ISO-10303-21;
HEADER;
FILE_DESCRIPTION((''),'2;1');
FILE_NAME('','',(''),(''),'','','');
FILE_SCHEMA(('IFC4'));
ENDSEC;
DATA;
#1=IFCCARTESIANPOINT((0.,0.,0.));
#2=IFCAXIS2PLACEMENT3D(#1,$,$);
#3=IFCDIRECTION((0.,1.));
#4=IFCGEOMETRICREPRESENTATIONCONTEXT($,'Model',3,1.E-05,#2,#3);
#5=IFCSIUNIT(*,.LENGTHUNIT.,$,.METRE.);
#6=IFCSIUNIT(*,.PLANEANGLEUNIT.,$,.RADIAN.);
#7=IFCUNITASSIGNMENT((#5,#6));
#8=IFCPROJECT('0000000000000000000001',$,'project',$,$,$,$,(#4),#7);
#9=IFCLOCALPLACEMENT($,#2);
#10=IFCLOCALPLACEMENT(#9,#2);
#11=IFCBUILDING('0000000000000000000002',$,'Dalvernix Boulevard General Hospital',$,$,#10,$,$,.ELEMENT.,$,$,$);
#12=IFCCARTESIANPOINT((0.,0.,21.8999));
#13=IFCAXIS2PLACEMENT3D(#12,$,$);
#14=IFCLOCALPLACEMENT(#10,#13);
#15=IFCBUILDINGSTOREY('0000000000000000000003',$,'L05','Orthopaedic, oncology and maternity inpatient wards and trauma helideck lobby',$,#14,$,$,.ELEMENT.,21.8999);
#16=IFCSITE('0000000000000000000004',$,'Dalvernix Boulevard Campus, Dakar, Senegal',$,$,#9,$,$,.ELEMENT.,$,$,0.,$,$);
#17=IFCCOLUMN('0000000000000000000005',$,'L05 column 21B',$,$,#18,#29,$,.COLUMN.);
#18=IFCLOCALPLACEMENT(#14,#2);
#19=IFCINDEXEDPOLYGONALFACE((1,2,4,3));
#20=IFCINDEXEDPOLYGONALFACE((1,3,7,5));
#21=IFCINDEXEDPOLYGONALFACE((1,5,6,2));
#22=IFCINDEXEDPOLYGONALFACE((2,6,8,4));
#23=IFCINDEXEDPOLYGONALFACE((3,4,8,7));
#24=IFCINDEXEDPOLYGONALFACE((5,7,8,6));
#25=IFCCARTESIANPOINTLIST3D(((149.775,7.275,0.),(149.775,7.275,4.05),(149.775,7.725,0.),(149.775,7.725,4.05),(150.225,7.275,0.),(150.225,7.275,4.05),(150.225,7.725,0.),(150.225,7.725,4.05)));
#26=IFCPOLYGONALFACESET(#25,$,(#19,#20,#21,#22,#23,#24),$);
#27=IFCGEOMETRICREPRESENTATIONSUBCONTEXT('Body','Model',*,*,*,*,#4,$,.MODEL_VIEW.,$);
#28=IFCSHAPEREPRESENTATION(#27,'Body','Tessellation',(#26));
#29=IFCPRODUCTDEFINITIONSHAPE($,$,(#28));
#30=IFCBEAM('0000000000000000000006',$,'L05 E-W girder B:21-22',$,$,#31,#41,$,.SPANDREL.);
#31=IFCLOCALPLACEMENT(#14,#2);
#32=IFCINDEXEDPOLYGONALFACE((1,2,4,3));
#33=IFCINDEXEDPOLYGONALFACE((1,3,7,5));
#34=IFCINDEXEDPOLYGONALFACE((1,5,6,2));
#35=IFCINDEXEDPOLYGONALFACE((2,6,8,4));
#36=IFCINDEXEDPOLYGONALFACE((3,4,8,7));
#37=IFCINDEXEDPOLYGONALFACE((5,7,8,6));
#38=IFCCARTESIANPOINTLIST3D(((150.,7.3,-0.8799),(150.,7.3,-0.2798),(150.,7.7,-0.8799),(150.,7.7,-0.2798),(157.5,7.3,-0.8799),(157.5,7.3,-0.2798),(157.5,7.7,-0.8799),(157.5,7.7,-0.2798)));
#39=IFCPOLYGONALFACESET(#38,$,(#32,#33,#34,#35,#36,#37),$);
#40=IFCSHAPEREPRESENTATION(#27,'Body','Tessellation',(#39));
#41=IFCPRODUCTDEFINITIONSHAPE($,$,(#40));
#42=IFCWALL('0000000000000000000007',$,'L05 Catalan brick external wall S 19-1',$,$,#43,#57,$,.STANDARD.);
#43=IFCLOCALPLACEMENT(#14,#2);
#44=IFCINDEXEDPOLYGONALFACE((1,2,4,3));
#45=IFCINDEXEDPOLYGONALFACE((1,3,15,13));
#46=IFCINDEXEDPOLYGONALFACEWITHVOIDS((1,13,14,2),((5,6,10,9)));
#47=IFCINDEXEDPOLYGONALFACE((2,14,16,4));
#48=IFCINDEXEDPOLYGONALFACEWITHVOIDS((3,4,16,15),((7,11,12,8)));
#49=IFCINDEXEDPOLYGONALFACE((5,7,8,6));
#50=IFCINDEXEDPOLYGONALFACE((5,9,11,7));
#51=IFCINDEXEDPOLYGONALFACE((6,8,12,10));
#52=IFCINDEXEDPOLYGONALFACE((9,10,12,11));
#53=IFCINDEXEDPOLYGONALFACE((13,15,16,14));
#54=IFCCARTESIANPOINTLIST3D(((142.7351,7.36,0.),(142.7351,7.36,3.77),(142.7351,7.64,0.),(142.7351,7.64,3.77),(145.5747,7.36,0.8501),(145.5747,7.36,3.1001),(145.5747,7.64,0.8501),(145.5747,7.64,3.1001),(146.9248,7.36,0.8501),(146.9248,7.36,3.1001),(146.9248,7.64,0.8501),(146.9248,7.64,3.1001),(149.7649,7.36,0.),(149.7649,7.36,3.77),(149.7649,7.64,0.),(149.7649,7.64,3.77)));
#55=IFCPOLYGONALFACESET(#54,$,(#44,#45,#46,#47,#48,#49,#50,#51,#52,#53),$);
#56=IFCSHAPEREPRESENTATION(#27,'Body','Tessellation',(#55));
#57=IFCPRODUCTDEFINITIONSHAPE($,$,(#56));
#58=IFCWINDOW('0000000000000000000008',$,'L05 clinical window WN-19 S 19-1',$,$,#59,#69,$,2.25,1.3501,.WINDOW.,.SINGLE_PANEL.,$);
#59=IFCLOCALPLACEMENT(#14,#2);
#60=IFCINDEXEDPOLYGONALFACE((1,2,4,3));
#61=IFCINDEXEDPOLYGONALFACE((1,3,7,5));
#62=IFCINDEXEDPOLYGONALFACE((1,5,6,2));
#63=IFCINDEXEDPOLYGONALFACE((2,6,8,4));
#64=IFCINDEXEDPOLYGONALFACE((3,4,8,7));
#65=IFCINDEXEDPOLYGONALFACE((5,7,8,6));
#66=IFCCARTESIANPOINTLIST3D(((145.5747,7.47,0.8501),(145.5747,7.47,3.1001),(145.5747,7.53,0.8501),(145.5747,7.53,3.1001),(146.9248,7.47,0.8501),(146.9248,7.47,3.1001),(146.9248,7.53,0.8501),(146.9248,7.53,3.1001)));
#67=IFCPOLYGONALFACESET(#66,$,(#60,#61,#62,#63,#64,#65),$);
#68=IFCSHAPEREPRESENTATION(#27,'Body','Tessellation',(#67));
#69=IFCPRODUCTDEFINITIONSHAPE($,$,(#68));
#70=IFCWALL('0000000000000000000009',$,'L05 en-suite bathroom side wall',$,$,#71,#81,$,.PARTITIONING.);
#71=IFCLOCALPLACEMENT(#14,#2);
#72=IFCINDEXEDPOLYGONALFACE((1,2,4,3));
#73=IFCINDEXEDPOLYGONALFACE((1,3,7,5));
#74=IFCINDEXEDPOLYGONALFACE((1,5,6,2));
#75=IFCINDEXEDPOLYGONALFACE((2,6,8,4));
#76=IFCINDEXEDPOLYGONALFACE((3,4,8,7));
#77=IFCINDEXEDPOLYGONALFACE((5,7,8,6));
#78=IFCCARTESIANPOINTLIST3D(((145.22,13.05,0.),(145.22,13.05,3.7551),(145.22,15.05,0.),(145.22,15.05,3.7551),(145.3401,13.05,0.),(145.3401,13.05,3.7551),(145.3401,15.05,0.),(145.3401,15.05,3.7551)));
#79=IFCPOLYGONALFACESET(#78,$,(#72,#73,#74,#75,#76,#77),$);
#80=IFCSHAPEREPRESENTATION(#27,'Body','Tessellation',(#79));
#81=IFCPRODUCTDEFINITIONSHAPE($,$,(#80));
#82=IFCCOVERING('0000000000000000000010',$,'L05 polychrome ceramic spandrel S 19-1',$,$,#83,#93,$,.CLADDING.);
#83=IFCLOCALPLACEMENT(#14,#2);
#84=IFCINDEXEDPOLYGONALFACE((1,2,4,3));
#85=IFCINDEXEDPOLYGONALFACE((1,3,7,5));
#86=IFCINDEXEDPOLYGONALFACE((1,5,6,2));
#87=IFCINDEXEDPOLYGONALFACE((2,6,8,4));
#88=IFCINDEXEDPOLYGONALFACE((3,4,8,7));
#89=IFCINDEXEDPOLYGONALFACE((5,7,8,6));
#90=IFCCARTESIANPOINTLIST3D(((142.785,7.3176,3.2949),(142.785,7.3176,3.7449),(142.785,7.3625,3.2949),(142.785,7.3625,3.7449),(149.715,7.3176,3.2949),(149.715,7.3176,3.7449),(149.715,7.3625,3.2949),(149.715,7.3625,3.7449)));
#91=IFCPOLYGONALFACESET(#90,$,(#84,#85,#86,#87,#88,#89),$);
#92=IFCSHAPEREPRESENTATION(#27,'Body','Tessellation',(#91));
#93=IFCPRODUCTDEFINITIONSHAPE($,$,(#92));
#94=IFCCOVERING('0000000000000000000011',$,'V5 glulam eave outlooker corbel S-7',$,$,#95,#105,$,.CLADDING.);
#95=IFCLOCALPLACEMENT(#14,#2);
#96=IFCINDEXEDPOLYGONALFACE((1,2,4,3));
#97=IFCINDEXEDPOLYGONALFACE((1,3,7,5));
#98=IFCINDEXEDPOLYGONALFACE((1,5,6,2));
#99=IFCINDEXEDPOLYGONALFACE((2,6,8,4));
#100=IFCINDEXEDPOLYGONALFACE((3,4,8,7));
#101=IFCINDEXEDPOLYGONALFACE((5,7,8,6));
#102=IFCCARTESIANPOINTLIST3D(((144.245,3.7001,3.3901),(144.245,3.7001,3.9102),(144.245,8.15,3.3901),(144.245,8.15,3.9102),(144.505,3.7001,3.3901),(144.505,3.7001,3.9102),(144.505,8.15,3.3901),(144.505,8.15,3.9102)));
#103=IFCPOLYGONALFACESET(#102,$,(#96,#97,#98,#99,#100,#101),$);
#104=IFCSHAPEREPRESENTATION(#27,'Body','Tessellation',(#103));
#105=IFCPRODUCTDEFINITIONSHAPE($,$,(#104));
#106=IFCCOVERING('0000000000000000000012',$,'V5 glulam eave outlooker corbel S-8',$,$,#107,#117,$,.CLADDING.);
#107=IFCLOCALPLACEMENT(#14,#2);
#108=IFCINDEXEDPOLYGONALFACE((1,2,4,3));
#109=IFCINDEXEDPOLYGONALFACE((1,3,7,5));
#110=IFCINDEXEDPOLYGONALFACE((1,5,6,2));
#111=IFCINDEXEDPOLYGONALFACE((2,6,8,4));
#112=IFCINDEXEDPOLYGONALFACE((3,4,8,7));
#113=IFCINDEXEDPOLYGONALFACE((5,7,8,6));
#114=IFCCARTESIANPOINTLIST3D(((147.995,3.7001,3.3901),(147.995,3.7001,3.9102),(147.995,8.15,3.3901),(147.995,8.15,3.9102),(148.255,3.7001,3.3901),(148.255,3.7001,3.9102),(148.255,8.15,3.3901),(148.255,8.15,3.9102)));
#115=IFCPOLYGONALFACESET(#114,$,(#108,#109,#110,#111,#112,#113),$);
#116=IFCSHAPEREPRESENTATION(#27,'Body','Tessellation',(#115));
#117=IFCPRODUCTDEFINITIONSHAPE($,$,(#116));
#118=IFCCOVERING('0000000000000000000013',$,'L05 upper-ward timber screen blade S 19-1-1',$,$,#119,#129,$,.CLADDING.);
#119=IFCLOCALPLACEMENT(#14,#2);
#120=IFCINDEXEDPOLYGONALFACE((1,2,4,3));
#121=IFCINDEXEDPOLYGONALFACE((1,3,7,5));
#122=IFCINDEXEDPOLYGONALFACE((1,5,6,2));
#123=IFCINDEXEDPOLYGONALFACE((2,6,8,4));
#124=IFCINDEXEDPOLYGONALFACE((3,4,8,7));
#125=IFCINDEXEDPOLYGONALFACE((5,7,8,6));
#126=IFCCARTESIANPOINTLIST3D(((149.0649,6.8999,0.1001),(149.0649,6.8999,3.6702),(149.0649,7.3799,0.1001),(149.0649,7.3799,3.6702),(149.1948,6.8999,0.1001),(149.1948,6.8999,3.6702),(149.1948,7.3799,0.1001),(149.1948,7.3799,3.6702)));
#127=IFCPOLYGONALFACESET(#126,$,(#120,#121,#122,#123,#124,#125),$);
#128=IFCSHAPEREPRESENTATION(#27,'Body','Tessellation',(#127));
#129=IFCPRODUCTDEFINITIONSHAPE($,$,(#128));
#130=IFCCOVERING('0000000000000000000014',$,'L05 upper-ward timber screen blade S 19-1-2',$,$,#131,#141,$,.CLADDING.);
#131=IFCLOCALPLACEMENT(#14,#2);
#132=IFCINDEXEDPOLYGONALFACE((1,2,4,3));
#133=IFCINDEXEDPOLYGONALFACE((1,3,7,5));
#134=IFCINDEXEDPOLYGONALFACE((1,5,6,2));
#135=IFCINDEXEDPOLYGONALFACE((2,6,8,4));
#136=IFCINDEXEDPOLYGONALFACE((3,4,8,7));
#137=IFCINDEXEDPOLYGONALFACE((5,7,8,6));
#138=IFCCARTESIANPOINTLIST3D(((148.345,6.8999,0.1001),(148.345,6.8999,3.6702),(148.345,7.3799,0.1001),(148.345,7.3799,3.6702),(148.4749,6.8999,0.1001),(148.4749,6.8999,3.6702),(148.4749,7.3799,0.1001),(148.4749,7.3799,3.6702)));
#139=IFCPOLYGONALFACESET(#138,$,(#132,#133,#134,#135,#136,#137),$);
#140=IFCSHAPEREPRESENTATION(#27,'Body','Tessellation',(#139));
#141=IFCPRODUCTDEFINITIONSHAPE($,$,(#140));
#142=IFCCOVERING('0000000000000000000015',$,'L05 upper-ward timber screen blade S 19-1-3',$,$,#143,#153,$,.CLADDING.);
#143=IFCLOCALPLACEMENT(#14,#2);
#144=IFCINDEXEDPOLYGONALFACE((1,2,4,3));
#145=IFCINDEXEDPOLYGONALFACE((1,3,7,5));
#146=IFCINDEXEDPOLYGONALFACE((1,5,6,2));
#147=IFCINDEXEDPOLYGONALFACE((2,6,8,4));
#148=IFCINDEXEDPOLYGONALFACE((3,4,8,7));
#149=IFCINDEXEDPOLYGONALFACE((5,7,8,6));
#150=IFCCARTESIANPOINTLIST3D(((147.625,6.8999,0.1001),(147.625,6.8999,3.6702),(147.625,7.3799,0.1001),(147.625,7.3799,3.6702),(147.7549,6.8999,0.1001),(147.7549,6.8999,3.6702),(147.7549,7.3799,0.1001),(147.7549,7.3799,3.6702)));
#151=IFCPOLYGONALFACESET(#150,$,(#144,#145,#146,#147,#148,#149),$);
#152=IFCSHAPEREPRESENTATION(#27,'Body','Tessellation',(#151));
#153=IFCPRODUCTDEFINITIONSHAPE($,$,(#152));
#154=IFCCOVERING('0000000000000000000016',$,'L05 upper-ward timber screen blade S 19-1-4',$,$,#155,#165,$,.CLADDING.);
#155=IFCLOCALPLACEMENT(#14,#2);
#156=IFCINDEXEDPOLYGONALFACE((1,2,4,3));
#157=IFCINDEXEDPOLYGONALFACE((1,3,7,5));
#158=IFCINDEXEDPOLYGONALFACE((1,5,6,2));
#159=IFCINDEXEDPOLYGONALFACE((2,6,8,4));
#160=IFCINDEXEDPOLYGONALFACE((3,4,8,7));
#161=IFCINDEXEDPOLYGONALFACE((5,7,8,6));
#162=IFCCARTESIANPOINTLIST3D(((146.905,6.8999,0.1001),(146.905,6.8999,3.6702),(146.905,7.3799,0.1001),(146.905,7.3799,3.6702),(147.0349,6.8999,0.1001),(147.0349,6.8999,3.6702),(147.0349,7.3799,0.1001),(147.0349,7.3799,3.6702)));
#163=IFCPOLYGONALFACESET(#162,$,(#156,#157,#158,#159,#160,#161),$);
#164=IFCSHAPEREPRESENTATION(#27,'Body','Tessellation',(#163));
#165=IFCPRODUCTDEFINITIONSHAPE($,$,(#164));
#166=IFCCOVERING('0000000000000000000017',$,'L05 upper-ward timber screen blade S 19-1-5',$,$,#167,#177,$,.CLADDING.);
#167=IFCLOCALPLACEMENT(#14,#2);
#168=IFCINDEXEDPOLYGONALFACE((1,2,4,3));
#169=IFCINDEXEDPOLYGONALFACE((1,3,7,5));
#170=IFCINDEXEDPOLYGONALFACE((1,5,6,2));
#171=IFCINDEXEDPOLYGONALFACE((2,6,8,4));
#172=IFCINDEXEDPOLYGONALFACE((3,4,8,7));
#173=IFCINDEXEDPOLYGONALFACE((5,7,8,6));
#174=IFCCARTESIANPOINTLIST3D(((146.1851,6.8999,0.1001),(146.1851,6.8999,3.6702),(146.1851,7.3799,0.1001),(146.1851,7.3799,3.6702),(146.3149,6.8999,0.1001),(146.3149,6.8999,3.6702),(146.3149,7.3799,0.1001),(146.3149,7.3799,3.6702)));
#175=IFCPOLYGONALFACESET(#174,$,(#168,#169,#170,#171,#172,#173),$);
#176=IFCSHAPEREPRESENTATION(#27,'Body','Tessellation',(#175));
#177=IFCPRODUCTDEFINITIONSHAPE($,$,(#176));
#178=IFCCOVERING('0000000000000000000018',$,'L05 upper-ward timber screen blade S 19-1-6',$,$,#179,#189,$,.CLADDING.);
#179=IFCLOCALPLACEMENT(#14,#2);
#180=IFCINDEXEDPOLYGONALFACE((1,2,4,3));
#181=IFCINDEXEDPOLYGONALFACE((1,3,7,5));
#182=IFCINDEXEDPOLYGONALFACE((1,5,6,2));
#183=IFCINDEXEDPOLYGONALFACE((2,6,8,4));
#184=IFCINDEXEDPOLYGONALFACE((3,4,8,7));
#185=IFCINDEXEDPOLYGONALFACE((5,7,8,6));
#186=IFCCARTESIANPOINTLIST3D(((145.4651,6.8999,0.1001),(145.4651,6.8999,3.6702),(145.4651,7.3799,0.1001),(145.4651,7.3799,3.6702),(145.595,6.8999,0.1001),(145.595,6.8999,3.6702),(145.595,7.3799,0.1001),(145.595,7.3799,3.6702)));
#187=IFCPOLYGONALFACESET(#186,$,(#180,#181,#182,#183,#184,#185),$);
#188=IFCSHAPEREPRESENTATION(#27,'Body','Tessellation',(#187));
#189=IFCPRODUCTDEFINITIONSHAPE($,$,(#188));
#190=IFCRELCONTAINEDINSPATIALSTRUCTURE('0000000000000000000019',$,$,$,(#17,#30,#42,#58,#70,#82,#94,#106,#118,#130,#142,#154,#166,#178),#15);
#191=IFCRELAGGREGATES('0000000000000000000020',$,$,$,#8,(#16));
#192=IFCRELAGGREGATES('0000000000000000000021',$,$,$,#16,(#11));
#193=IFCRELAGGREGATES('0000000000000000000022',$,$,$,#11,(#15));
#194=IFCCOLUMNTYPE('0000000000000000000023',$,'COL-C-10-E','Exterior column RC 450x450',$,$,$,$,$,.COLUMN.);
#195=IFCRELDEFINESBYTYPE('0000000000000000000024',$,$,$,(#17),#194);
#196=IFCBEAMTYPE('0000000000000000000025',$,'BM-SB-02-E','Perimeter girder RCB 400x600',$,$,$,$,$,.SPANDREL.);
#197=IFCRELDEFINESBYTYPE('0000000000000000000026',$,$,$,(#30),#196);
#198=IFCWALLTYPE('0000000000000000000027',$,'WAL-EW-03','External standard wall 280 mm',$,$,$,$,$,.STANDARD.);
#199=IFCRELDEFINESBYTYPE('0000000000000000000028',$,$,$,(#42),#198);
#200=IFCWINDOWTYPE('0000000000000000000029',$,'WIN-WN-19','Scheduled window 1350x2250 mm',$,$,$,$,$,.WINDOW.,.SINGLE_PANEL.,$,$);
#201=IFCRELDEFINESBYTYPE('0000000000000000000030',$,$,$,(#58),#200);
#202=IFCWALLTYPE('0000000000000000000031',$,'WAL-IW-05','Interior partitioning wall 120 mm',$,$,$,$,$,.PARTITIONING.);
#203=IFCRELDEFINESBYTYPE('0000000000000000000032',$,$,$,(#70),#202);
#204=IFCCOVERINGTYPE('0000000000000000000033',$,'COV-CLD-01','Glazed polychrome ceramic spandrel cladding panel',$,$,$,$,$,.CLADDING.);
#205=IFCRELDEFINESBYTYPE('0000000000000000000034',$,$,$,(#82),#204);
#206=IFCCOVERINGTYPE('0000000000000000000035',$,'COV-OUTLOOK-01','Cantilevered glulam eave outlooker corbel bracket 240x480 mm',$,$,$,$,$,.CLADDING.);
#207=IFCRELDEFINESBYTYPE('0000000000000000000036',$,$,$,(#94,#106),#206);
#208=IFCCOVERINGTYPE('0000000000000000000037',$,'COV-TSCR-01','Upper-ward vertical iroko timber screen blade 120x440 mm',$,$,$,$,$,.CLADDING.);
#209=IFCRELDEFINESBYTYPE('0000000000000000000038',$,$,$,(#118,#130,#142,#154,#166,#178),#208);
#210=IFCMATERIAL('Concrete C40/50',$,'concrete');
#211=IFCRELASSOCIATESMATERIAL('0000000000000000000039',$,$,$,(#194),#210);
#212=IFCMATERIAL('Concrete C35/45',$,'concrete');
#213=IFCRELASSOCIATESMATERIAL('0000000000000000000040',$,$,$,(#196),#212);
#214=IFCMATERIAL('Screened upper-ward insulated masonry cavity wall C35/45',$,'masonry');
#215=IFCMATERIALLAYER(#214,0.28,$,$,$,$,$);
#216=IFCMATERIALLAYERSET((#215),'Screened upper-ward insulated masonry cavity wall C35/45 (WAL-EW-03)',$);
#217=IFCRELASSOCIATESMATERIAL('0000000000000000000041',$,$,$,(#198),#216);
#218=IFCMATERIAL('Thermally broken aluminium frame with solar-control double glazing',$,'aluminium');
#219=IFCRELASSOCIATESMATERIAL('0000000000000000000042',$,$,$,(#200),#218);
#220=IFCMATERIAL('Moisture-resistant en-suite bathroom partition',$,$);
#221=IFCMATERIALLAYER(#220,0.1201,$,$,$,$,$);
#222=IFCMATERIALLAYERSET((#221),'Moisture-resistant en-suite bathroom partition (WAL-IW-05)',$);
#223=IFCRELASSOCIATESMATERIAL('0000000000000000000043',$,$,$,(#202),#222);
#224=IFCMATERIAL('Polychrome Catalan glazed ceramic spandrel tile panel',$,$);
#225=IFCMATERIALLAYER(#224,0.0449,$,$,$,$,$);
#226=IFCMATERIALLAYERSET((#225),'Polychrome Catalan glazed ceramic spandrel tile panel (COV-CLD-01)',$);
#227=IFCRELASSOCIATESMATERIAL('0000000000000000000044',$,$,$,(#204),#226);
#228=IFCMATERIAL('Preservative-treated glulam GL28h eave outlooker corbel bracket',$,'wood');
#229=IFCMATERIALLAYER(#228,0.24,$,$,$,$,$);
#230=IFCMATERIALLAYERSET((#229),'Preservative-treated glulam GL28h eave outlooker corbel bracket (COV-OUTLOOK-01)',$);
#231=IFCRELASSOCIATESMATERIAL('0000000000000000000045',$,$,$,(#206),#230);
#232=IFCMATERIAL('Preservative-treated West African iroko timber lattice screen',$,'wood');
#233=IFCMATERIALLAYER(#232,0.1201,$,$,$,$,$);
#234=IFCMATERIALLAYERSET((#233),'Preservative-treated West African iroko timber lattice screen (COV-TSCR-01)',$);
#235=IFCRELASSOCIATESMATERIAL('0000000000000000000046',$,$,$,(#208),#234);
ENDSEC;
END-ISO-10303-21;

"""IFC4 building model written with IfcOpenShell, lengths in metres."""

from ifc_helpers import new_model, si_unit, direction, frame, frame_2d, origin, origin_2d, place, context, subcontext, project, spatial, rectangle, extrude, material, layer, layer_set, material_profile, profile_set, type_object, element, fill, save


model = new_model("IFC4")

# Units and contexts
model_context = context("Model", 3, precision=1e-05, world=origin(), true_north=direction((0.0, 1.0)))
body_context = subcontext(model_context, "Body", "Model", "MODEL_VIEW")
ifc_project = project(units=[si_unit("LENGTHUNIT", "METRE"), si_unit("PLANEANGLEUNIT", "RADIAN")], contexts=[model_context])

# Site, building, storey
site_placement = place(None, origin())
site = spatial("IfcSite", under=ifc_project, at=site_placement, Name="Dalvernix Boulevard Campus, Dakar, Senegal", CompositionType="ELEMENT", RefElevation=0.0)
building_placement = place(site_placement, origin())
building = spatial("IfcBuilding", under=site, at=building_placement, Name="Dalvernix Boulevard General Hospital", CompositionType="ELEMENT")
storey_placement = place(building_placement, frame((0.0, 0.0, 21.8999)))
storey = spatial("IfcBuildingStorey", under=building, at=storey_placement, Name="L05", Description="Orthopaedic, oncology and maternity inpatient wards and trauma helideck lobby", CompositionType="ELEMENT", Elevation=21.8999)

# Column
ifc_material_1 = material(Name="Concrete C40/50", Category="concrete")
ifc_material_profile_1 = material_profile(ifc_material_1, rectangle(XDim=0.45, YDim=0.45, at=origin_2d()), Name="RC 450x450")
ifc_profile_set_1 = profile_set([ifc_material_profile_1], Name="Concrete C40/50")
column_type = type_object("IfcColumnType", Name="COL-C-10-E", Description="Exterior column RC 450x450", PredefinedType="COLUMN", material=ifc_profile_set_1)
column_placement = place(storey_placement, frame((150.0, 7.5, 0.0), z_axis=(0.0, 0.0, 1.0), x_axis=(1.0, 0.0, 0.0)))
element("IfcColumn", 1, at=column_placement, inside=storey, type_object=column_type, Name="L05 column 21B", PredefinedType="COLUMN", context=body_context, shape_type="SweptSolid", body=[
    extrude(rectangle(XDim=0.45, YDim=0.45, at=origin_2d()), origin(), (0.0, 0.0, 1.0), 4.05),
])

# Beam
ifc_material_2 = material(Name="Concrete C35/45", Category="concrete")
ifc_material_profile_2 = material_profile(ifc_material_2, rectangle(XDim=0.3999, YDim=0.6001, at=origin_2d()), Name="RCB 400x600")
ifc_profile_set_2 = profile_set([ifc_material_profile_2], Name="Concrete C35/45")
beam_type = type_object("IfcBeamType", Name="BM-SB-02-E", Description="Perimeter girder RCB 400x600", PredefinedType="SPANDREL", material=ifc_profile_set_2)
beam_placement = place(storey_placement, frame((150.0, 7.5, -0.5798), z_axis=(1.0, 0.0, 0.0), x_axis=(0.0, 1.0, 0.0)))
element("IfcBeam", 2, at=beam_placement, inside=storey, type_object=beam_type, Name="L05 E-W girder B:21-22", PredefinedType="SPANDREL", context=body_context, shape_type="SweptSolid", body=[
    extrude(rectangle(XDim=0.3999, YDim=0.6001, at=origin_2d()), origin(), (0.0, 0.0, 1.0), 7.5),
])

# Wall, opening, window
ifc_material_3 = material(Name="Screened upper-ward insulated masonry cavity wall C35/45", Category="masonry")
ifc_layer_1 = layer(ifc_material_3, 0.28)
ifc_layer_set_1 = layer_set([ifc_layer_1], Name="Screened upper-ward insulated masonry cavity wall C35/45 (WAL-EW-03)")
wall_type_1 = type_object("IfcWallType", Name="WAL-EW-03", Description="External standard wall 280 mm", PredefinedType="STANDARD", material=ifc_layer_set_1)
wall_1_placement = place(storey_placement, frame((149.7649, 7.5, 0.0), z_axis=(0.0, 0.0, 1.0), x_axis=(-1.0, 0.0, 0.0)))
wall_1 = element("IfcWall", 3, at=wall_1_placement, inside=storey, type_object=wall_type_1, Name="L05 Catalan brick external wall S 19-1", PredefinedType="STANDARD", context=body_context, shape_type="SweptSolid", body=[
    extrude(rectangle(XDim=7.0298, YDim=0.28, at=frame_2d((3.5149, 0.0))), origin(), (0.0, 0.0, 1.0), 3.77),
])
opening_placement = place(wall_1_placement, frame((2.8401, 0.0, 0.8501)))
opening = element("IfcOpeningElement", 4, at=opening_placement, cuts=wall_1, PredefinedType="OPENING", context=body_context, shape_type="SweptSolid", body=[
    extrude(rectangle(XDim=1.3501, YDim=2.25, at=frame_2d((0.675, 1.125))), frame((0.0, 0.1499, 0.0), z_axis=(0.0, -1.0, 0.0), x_axis=(1.0, 0.0, 0.0)), (0.0, 0.0, 1.0), 0.3),
])
ifc_material_4 = material(Name="Thermally broken aluminium frame with solar-control double glazing", Category="aluminium")
window_type = type_object("IfcWindowType", Name="WIN-WN-19", Description="Scheduled window 1350x2250 mm", PartitioningType="SINGLE_PANEL", PredefinedType="WINDOW", material=ifc_material_4)
window_placement = place(opening_placement, origin())
window = element("IfcWindow", 5, at=window_placement, inside=storey, type_object=window_type, Name="L05 clinical window WN-19 S 19-1", OverallHeight=2.25, OverallWidth=1.3501, PartitioningType="SINGLE_PANEL", PredefinedType="WINDOW", context=body_context, shape_type="SweptSolid", body=[
    extrude(rectangle(XDim=1.3501, YDim=2.25, at=frame_2d((0.675, 1.125))), frame((0.0, 0.03, 0.0), z_axis=(0.0, -1.0, 0.0), x_axis=(1.0, 0.0, 0.0)), (0.0, 0.0, 1.0), 0.0601),
])
fill(opening, window)

# Wall
ifc_material_5 = material(Name="Moisture-resistant en-suite bathroom partition")
ifc_layer_2 = layer(ifc_material_5, 0.1201)
ifc_layer_set_2 = layer_set([ifc_layer_2], Name="Moisture-resistant en-suite bathroom partition (WAL-IW-05)")
wall_type_2 = type_object("IfcWallType", Name="WAL-IW-05", Description="Interior partitioning wall 120 mm", PredefinedType="PARTITIONING", material=ifc_layer_set_2)
wall_2_placement = place(storey_placement, frame((145.28, 13.05, 0.0), z_axis=(0.0, 0.0, 1.0), x_axis=(0.0, 1.0, 0.0)))
element("IfcWall", 6, at=wall_2_placement, inside=storey, type_object=wall_type_2, Name="L05 en-suite bathroom side wall", PredefinedType="PARTITIONING", context=body_context, shape_type="SweptSolid", body=[
    extrude(rectangle(XDim=2.0, YDim=0.1201, at=frame_2d((1.0, 0.0))), origin(), (0.0, 0.0, 1.0), 3.7551),
])

# Coverings
ifc_material_6 = material(Name="Polychrome Catalan glazed ceramic spandrel tile panel")
ifc_layer_3 = layer(ifc_material_6, 0.0449)
ifc_layer_set_3 = layer_set([ifc_layer_3], Name="Polychrome Catalan glazed ceramic spandrel tile panel (COV-CLD-01)")
covering_type_1 = type_object("IfcCoveringType", Name="COV-CLD-01", Description="Glazed polychrome ceramic spandrel cladding panel", PredefinedType="CLADDING", material=ifc_layer_set_3)
covering_placement = place(storey_placement, frame((146.25, 7.3401, 3.2949), z_axis=(0.0, 0.0, 1.0), x_axis=(-1.0, 0.0, 0.0)))
element("IfcCovering", 7, at=covering_placement, inside=storey, type_object=covering_type_1, Name="L05 polychrome ceramic spandrel S 19-1", PredefinedType="CLADDING", context=body_context, shape_type="SweptSolid", body=[
    extrude(rectangle(XDim=6.9299, YDim=0.0449, at=origin_2d()), origin(), (0.0, 0.0, 1.0), 0.45),
])
ifc_material_7 = material(Name="Preservative-treated glulam GL28h eave outlooker corbel bracket", Category="wood")
ifc_layer_4 = layer(ifc_material_7, 0.24)
ifc_layer_set_4 = layer_set([ifc_layer_4], Name="Preservative-treated glulam GL28h eave outlooker corbel bracket (COV-OUTLOOK-01)")
covering_type_2 = type_object("IfcCoveringType", Name="COV-OUTLOOK-01", Description="Cantilevered glulam eave outlooker corbel bracket 240x480 mm", PredefinedType="CLADDING", material=ifc_layer_set_4)
for number, where, z_axis, x_axis, name in (
    (8, (144.375, 5.925, 3.3901), (0.0, 0.0, 1.0), (1.0, 0.0, 0.0), "V5 glulam eave outlooker corbel S-7"),
    (9, (148.125, 5.925, 3.3901), (0.0, 0.0, 1.0), (1.0, 0.0, 0.0), "V5 glulam eave outlooker corbel S-8"),
):
    element("IfcCovering", number, at=place(storey_placement, frame(where, z_axis=z_axis, x_axis=x_axis)), inside=storey, type_object=covering_type_2, Name=name, PredefinedType="CLADDING", context=body_context, shape_type="SweptSolid", body=[
        extrude(rectangle(XDim=0.26, YDim=4.45, at=origin_2d()), origin(), (0.0, 0.0, 1.0), 0.52),
    ])
ifc_material_8 = material(Name="Preservative-treated West African iroko timber lattice screen", Category="wood")
ifc_layer_5 = layer(ifc_material_8, 0.1201)
ifc_layer_set_5 = layer_set([ifc_layer_5], Name="Preservative-treated West African iroko timber lattice screen (COV-TSCR-01)")
covering_type_3 = type_object("IfcCoveringType", Name="COV-TSCR-01", Description="Upper-ward vertical iroko timber screen blade 120x440 mm", PredefinedType="CLADDING", material=ifc_layer_set_5)
for number, where, z_axis, x_axis, name in (
    (10, (149.1299, 7.1399, 0.1001), (0.0, 0.0, 1.0), (-1.0, 0.0, 0.0), "L05 upper-ward timber screen blade S 19-1-1"),
    (11, (148.4099, 7.1399, 0.1001), (0.0, 0.0, 1.0), (-1.0, 0.0, 0.0), "L05 upper-ward timber screen blade S 19-1-2"),
    (12, (147.6899, 7.1399, 0.1001), (0.0, 0.0, 1.0), (-1.0, 0.0, 0.0), "L05 upper-ward timber screen blade S 19-1-3"),
    (13, (146.97, 7.1399, 0.1001), (0.0, 0.0, 1.0), (-1.0, 0.0, 0.0), "L05 upper-ward timber screen blade S 19-1-4"),
    (14, (146.25, 7.1399, 0.1001), (0.0, 0.0, 1.0), (-1.0, 0.0, 0.0), "L05 upper-ward timber screen blade S 19-1-5"),
    (15, (145.53, 7.1399, 0.1001), (0.0, 0.0, 1.0), (-1.0, 0.0, 0.0), "L05 upper-ward timber screen blade S 19-1-6"),
):
    element("IfcCovering", number, at=place(storey_placement, frame(where, z_axis=z_axis, x_axis=x_axis)), inside=storey, type_object=covering_type_3, Name=name, PredefinedType="CLADDING", context=body_context, shape_type="SweptSolid", body=[
        extrude(rectangle(XDim=0.1299, YDim=0.48, at=origin_2d()), origin(), (0.0, 0.0, 1.0), 3.5701),
    ])

save(model, "model.ifc")
